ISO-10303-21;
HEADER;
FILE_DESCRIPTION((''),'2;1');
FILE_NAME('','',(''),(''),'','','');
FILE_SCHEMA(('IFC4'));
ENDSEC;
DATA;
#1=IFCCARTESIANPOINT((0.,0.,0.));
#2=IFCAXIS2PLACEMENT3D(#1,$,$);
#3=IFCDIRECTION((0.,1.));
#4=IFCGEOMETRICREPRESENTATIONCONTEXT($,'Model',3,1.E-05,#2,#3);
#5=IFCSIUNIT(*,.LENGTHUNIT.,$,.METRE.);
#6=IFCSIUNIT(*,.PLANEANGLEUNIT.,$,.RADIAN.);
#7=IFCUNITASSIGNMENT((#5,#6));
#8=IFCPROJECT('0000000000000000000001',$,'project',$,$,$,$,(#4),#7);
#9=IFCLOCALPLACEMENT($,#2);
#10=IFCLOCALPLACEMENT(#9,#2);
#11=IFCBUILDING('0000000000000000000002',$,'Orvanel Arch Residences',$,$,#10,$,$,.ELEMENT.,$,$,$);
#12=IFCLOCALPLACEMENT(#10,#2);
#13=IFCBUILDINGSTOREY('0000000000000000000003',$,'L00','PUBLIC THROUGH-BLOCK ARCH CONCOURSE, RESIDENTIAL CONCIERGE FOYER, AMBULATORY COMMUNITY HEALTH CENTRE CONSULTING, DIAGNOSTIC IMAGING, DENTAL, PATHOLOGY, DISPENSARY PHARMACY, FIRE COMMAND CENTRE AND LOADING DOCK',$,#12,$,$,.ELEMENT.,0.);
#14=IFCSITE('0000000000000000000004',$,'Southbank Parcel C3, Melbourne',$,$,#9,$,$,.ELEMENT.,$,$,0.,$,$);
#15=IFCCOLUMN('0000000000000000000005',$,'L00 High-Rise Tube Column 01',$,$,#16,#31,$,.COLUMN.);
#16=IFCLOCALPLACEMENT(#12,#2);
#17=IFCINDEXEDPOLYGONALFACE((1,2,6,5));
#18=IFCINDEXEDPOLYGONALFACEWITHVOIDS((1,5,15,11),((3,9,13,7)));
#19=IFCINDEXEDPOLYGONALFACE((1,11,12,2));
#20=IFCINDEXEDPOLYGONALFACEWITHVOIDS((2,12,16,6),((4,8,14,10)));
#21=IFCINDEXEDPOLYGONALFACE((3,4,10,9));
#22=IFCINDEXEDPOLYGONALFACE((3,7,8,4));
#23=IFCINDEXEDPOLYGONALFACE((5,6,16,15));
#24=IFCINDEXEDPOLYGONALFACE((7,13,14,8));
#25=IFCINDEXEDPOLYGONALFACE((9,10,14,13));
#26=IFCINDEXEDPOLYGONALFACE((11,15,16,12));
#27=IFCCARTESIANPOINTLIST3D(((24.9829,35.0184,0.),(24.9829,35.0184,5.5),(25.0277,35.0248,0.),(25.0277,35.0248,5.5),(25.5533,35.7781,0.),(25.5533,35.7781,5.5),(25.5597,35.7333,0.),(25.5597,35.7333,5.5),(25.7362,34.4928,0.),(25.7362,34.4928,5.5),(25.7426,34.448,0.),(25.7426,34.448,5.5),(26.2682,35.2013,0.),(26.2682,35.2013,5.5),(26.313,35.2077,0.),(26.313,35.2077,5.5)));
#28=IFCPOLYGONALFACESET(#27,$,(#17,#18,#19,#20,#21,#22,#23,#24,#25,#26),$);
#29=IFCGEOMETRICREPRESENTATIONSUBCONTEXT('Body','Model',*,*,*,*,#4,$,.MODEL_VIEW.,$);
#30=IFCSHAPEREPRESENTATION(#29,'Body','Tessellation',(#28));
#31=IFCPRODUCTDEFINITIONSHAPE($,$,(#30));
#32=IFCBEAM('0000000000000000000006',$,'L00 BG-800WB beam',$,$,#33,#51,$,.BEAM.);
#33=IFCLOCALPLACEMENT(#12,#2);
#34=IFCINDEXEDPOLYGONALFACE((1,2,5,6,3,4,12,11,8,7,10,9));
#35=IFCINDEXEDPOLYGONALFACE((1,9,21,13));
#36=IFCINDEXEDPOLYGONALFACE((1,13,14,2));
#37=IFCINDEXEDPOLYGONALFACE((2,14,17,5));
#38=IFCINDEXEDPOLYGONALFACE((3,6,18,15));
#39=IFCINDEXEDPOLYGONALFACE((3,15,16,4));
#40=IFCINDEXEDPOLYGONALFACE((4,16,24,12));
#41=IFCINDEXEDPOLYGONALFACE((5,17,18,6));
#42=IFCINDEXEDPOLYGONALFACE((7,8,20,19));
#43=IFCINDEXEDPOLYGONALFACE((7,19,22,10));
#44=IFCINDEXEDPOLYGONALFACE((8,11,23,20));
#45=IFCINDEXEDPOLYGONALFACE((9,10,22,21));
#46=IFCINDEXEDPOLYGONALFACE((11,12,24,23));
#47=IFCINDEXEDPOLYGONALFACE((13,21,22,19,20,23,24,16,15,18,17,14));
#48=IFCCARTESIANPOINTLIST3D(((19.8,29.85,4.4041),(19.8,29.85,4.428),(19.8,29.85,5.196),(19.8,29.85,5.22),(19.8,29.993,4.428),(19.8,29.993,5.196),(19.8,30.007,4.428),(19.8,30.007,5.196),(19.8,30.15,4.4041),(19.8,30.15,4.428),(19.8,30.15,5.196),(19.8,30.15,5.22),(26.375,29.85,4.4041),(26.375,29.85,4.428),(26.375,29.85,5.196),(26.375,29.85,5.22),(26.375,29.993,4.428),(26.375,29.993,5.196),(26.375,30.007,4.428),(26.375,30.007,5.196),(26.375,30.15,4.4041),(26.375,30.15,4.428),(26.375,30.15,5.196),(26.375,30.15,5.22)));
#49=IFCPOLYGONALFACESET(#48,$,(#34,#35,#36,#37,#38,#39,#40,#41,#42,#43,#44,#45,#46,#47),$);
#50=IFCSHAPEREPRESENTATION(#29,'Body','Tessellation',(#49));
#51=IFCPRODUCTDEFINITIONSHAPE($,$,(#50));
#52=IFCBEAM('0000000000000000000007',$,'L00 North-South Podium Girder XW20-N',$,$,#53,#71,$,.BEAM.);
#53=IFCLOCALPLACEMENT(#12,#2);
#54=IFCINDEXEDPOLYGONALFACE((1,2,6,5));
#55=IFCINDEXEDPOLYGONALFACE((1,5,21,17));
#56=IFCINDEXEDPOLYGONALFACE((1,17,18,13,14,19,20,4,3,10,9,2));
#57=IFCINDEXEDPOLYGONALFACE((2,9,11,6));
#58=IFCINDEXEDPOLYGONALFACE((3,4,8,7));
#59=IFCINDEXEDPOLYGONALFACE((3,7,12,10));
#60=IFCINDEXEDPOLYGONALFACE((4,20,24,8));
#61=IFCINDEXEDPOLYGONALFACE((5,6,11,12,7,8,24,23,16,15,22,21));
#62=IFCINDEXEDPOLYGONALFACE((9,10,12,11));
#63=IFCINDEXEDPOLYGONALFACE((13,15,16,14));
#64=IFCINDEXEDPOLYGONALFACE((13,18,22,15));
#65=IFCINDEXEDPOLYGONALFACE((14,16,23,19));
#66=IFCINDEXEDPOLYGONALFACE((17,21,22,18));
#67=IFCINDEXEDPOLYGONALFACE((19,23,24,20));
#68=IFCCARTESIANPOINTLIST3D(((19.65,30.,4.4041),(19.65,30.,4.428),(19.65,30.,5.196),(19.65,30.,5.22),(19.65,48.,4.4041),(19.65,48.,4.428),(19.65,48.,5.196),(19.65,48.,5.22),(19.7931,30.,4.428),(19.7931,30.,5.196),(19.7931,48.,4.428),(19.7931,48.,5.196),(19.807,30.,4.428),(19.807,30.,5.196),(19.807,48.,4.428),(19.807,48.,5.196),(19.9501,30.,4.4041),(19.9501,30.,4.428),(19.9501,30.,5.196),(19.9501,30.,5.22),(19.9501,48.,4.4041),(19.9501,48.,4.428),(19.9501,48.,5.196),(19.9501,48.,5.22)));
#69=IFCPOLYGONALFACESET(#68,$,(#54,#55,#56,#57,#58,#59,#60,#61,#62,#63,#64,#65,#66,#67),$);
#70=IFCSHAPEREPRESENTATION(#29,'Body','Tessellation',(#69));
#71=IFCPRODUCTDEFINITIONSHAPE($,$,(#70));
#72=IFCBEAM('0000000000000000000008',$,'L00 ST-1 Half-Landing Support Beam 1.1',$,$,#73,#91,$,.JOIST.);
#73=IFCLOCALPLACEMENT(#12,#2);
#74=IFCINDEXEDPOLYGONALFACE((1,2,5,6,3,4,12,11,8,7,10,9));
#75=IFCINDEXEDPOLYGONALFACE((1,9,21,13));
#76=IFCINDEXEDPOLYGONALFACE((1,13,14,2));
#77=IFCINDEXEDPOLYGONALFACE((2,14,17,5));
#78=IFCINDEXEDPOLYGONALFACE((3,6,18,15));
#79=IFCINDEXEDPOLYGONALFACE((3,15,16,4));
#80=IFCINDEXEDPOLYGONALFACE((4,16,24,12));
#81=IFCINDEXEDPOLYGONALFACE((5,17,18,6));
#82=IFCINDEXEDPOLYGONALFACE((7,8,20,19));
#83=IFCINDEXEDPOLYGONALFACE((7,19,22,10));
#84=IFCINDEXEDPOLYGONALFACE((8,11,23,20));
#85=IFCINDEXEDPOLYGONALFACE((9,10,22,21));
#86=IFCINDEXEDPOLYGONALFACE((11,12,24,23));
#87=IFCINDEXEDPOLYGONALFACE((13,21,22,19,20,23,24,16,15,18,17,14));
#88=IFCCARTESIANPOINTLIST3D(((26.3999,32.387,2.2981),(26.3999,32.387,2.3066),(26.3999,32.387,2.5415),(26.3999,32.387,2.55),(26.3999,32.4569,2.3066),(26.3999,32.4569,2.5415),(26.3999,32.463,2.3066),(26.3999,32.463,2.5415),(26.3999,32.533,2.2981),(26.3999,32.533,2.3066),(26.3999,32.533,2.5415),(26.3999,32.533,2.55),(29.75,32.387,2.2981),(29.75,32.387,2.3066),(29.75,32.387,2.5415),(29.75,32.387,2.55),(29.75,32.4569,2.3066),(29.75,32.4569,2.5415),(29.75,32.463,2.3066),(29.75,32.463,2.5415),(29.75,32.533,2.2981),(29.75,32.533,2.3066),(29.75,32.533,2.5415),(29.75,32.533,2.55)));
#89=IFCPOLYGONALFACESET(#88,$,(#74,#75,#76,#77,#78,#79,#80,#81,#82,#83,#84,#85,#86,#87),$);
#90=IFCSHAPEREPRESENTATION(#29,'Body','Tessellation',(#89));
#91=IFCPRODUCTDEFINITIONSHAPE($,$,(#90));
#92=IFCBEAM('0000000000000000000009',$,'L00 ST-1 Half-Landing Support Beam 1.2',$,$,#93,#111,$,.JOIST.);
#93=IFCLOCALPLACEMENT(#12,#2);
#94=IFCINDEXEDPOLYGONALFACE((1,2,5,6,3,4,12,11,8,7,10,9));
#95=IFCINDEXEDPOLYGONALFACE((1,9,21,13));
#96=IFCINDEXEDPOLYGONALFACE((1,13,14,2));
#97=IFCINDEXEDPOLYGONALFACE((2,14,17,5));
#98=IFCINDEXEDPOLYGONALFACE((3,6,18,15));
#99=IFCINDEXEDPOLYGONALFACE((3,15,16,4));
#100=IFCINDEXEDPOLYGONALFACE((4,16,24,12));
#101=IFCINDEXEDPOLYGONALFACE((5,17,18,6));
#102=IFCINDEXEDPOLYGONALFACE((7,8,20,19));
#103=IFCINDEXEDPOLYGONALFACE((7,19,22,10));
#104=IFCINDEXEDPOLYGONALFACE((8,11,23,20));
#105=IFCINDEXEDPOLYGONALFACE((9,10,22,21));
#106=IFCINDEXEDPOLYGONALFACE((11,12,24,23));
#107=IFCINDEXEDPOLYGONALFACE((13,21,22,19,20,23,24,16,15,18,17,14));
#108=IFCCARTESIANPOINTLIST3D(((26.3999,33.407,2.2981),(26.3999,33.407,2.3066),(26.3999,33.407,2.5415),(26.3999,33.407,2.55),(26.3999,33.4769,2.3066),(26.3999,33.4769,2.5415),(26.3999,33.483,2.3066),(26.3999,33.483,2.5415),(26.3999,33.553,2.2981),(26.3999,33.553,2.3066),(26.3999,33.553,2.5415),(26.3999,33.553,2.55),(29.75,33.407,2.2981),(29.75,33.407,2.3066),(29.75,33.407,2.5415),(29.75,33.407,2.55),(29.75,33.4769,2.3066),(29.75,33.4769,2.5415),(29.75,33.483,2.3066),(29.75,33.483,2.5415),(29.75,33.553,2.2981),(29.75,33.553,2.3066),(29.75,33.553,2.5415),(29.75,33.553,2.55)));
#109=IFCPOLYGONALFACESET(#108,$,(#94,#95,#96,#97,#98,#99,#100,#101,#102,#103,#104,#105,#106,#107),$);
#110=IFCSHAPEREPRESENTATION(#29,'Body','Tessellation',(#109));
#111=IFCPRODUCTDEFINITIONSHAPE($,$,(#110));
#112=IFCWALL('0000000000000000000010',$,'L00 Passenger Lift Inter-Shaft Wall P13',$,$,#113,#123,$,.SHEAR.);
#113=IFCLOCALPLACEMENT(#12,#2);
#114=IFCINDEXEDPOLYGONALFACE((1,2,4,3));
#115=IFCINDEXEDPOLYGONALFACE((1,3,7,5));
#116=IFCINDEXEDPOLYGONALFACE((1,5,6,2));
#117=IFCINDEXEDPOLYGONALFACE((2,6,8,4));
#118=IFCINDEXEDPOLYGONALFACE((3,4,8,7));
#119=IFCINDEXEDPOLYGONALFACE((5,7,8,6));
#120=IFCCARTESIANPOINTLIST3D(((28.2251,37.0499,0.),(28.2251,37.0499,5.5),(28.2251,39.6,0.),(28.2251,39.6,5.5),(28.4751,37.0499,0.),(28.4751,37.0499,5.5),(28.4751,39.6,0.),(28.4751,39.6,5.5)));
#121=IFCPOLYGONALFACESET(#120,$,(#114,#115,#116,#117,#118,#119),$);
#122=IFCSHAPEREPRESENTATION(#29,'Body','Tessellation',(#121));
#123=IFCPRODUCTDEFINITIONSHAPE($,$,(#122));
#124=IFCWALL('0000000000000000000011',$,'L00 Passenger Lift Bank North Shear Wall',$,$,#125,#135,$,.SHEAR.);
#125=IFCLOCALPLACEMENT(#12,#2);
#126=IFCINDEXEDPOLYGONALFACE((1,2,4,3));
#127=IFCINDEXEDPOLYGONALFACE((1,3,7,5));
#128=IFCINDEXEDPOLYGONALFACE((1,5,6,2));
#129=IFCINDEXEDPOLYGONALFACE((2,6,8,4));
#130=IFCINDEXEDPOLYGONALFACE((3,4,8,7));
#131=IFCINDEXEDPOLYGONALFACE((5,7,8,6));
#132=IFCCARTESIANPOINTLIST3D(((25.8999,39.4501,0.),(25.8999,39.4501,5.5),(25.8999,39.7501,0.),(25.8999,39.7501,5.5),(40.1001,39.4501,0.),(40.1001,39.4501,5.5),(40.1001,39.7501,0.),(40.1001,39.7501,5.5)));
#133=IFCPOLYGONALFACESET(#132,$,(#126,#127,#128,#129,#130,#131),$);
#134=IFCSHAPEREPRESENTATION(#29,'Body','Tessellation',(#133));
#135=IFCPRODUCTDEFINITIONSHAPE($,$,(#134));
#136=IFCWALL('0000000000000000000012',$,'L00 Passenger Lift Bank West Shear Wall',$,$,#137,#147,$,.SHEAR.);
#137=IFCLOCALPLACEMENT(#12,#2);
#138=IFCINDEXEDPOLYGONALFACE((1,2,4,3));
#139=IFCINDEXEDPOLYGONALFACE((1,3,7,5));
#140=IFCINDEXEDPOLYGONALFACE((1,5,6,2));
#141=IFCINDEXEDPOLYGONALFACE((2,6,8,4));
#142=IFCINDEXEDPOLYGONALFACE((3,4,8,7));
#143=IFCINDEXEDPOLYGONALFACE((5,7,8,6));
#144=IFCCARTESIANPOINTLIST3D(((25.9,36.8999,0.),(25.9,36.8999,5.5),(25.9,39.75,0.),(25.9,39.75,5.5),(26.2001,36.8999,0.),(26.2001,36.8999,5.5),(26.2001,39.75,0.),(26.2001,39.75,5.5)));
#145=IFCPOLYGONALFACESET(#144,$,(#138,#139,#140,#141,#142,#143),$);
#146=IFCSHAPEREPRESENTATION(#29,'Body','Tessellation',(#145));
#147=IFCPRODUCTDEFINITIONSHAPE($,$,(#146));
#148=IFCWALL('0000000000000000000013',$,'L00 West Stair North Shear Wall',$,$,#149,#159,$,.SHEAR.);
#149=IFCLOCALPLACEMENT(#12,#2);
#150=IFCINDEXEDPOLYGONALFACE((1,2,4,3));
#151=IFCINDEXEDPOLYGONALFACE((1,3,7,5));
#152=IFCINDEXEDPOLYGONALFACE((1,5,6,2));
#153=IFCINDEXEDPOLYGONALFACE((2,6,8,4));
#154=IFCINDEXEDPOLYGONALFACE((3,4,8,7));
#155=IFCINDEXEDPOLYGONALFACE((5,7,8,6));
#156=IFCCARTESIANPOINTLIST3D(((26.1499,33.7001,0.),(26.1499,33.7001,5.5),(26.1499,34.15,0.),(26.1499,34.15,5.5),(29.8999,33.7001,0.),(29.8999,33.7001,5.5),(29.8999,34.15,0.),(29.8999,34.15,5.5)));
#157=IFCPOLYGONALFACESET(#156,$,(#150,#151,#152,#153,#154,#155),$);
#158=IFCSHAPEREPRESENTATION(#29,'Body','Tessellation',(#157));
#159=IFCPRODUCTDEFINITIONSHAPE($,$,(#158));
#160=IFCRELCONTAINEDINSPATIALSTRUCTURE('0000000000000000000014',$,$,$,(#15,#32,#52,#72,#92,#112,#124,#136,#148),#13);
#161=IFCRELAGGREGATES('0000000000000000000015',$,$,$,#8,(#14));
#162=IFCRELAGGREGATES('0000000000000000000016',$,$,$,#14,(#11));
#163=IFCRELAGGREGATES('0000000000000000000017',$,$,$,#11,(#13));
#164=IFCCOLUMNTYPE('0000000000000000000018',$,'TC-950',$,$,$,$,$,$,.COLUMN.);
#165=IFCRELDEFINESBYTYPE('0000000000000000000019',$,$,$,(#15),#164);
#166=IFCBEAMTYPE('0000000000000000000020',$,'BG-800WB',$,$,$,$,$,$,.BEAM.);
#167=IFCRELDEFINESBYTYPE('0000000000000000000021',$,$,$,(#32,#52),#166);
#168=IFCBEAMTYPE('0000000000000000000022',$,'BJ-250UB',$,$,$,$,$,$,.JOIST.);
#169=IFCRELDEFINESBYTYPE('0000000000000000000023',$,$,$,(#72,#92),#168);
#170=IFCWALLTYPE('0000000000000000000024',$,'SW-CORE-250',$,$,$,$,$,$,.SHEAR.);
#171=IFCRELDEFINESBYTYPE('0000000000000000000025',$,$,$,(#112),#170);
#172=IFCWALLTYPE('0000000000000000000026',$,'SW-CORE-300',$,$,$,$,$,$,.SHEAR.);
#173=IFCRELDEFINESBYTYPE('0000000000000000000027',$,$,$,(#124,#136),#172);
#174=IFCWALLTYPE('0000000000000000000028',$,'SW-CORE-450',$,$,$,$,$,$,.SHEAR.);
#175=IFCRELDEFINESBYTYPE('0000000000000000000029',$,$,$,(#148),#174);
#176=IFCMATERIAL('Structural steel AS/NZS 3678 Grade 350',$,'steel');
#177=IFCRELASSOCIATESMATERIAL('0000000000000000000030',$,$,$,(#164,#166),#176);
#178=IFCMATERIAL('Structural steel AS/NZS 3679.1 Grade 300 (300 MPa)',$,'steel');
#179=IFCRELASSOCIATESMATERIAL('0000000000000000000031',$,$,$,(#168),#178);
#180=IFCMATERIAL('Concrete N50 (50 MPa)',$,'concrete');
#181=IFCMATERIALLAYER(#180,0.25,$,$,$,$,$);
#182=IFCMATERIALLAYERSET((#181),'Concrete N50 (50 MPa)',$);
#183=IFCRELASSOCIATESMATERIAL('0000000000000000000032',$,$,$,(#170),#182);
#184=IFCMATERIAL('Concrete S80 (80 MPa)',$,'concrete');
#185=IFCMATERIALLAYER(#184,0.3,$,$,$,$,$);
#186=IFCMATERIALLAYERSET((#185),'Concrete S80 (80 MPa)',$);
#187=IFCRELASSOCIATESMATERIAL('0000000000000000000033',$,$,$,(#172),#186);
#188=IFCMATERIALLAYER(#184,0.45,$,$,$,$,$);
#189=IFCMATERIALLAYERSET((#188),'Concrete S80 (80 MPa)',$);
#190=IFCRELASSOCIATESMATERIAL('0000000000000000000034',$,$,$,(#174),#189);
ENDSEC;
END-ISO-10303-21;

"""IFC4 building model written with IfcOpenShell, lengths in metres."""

from ifc_helpers import new_model, si_unit, direction, frame, frame_2d, origin, origin_2d, place, context, subcontext, project, spatial, rectangle, hollow_rectangle, i_section, extrude, material, layer, layer_set, material_profile, profile_set, type_object, element, save


model = new_model("IFC4")

# Units and contexts
model_context = context("Model", 3, precision=1e-05, world=origin(), true_north=direction((0.0, 1.0)))
body_context = subcontext(model_context, "Body", "Model", "MODEL_VIEW")
ifc_project = project(units=[si_unit("LENGTHUNIT", "METRE"), si_unit("PLANEANGLEUNIT", "RADIAN")], contexts=[model_context])

# Site, building, storey
site_placement = place(None, origin())
site = spatial("IfcSite", under=ifc_project, at=site_placement, Name="Southbank Parcel C3, Melbourne", CompositionType="ELEMENT", RefElevation=0.0)
building_placement = place(site_placement, origin())
building = spatial("IfcBuilding", under=site, at=building_placement, Name="Orvanel Arch Residences", CompositionType="ELEMENT")
storey_placement = place(building_placement, origin())
storey = spatial("IfcBuildingStorey", under=building, at=storey_placement, Name="L00", Description="PUBLIC THROUGH-BLOCK ARCH CONCOURSE, RESIDENTIAL CONCIERGE FOYER, AMBULATORY COMMUNITY HEALTH CENTRE CONSULTING, DIAGNOSTIC IMAGING, DENTAL, PATHOLOGY, DISPENSARY PHARMACY, FIRE COMMAND CENTRE AND LOADING DOCK", CompositionType="ELEMENT", Elevation=0.0)

# Column
ifc_material_1 = material(Name="Structural steel AS/NZS 3679.1 Grade 300 (300 MPa)", Category="steel")
ifc_material_2 = material(Name="Structural steel AS/NZS 3678 Grade 350", Category="steel")
ifc_material_profile_1 = material_profile(ifc_material_2, hollow_rectangle(XDim=0.95, YDim=0.95, WallThickness=0.032, at=origin_2d()), Name="BOX950x950x32")
ifc_profile_set_1 = profile_set([ifc_material_profile_1], Name="Structural steel AS/NZS 3678 Grade 350")
column_type_1 = type_object("IfcColumnType", Name="TC-950", PredefinedType="COLUMN", material=ifc_profile_set_1)
column_1_placement = place(storey_placement, frame((25.6479, 35.113, 0.0), z_axis=(0.0, 0.0, 1.0), x_axis=(0.60042, 0.799685, 0.0)))
element("IfcColumn", 1, at=column_1_placement, inside=storey, type_object=column_type_1, Name="L00 High-Rise Tube Column 01", PredefinedType="COLUMN", context=body_context, shape_type="SweptSolid", body=[
    extrude(hollow_rectangle(XDim=0.95, YDim=0.95, WallThickness=0.032, at=origin_2d()), origin(), (0.0, 0.0, 1.0), 5.5),
])

# Beams
ifc_material_profile_2 = material_profile(ifc_material_2, i_section(OverallWidth=0.3, OverallDepth=0.8159, WebThickness=0.0139, FlangeThickness=0.0239, at=origin_2d()), Name="800WB192")
ifc_profile_set_2 = profile_set([ifc_material_profile_2], Name="Structural steel AS/NZS 3678 Grade 350")
beam_type_1 = type_object("IfcBeamType", Name="BG-800WB", PredefinedType="BEAM", material=ifc_profile_set_2)
beam_1_placement = place(storey_placement, frame((19.8, 30.0, 4.812), z_axis=(1.0, 0.0, 0.0), x_axis=(0.0, 1.0, 0.0)))
element("IfcBeam", 2, at=beam_1_placement, inside=storey, type_object=beam_type_1, Name="L00 BG-800WB beam", PredefinedType="BEAM", context=body_context, shape_type="SweptSolid", body=[
    extrude(i_section(OverallWidth=0.3, OverallDepth=0.8159, WebThickness=0.0139, FlangeThickness=0.0239, at=origin_2d()), origin(), (0.0, 0.0, 1.0), 6.575),
])
beam_2_placement = place(storey_placement, frame((19.8, 30.0, 4.812), z_axis=(0.0, 1.0, 0.0), x_axis=(-1.0, 0.0, 0.0)))
element("IfcBeam", 3, at=beam_2_placement, inside=storey, type_object=beam_type_1, Name="L00 North-South Podium Girder XW20-N", PredefinedType="BEAM", context=body_context, shape_type="SweptSolid", body=[
    extrude(i_section(OverallWidth=0.3, OverallDepth=0.8159, WebThickness=0.0139, FlangeThickness=0.0239, at=origin_2d()), origin(), (0.0, 0.0, 1.0), 18.0),
])
ifc_material_profile_3 = material_profile(ifc_material_1, i_section(OverallWidth=0.146, OverallDepth=0.252, WebThickness=0.0061, FlangeThickness=0.0085, at=origin_2d()), Name="250UB31.4")
ifc_profile_set_3 = profile_set([ifc_material_profile_3], Name="Structural steel AS/NZS 3679.1 Grade 300 (300 MPa)")
beam_type_2 = type_object("IfcBeamType", Name="BJ-250UB", PredefinedType="JOIST", material=ifc_profile_set_3)
for number, where, z_axis, x_axis, name in (
    (4, (26.3999, 32.46, 2.4241), (1.0, 0.0, 0.0), (0.0, 1.0, 0.0), "L00 ST-1 Half-Landing Support Beam 1.1"),
    (5, (26.3999, 33.48, 2.4241), (1.0, 0.0, 0.0), (0.0, 1.0, 0.0), "L00 ST-1 Half-Landing Support Beam 1.2"),
):
    element("IfcBeam", number, at=place(storey_placement, frame(where, z_axis=z_axis, x_axis=x_axis)), inside=storey, type_object=beam_type_2, Name=name, PredefinedType="JOIST", context=body_context, shape_type="SweptSolid", body=[
        extrude(i_section(OverallWidth=0.146, OverallDepth=0.252, WebThickness=0.0061, FlangeThickness=0.0085, at=origin_2d()), origin(), (0.0, 0.0, 1.0), 3.3501),
    ])

# Walls
ifc_material_3 = material(Name="Concrete N50 (50 MPa)", Category="concrete")
ifc_layer_1 = layer(ifc_material_3, 0.25)
ifc_layer_set_1 = layer_set([ifc_layer_1], Name="Concrete N50 (50 MPa)")
wall_type_1 = type_object("IfcWallType", Name="SW-CORE-250", PredefinedType="SHEAR", material=ifc_layer_set_1)
wall_1_placement = place(storey_placement, frame((28.3501, 37.05, 0.0), z_axis=(0.0, 0.0, 1.0), x_axis=(0.0, 1.0, 0.0)))
element("IfcWall", 6, at=wall_1_placement, inside=storey, type_object=wall_type_1, Name="L00 Passenger Lift Inter-Shaft Wall P13", PredefinedType="SHEAR", context=body_context, shape_type="SweptSolid", body=[
    extrude(rectangle(XDim=2.55, YDim=0.25, at=frame_2d((1.2749, 0.0))), origin(), (0.0, 0.0, 1.0), 5.5),
])
ifc_material_4 = material(Name="Concrete S80 (80 MPa)", Category="concrete")
ifc_layer_2 = layer(ifc_material_4, 0.3)
ifc_layer_set_2 = layer_set([ifc_layer_2], Name="Concrete S80 (80 MPa)")
wall_type_2 = type_object("IfcWallType", Name="SW-CORE-300", PredefinedType="SHEAR", material=ifc_layer_set_2)
wall_2_placement = place(storey_placement, frame((25.8999, 39.6001, 0.0), z_axis=(0.0, 0.0, 1.0), x_axis=(1.0, 0.0, 0.0)))
element("IfcWall", 7, at=wall_2_placement, inside=storey, type_object=wall_type_2, Name="L00 Passenger Lift Bank North Shear Wall", PredefinedType="SHEAR", context=body_context, shape_type="SweptSolid", body=[
    extrude(rectangle(XDim=14.2002, YDim=0.3, at=frame_2d((7.1001, 0.0))), origin(), (0.0, 0.0, 1.0), 5.5),
])
wall_3_placement = place(storey_placement, frame((26.05, 36.8999, 0.0), z_axis=(0.0, 0.0, 1.0), x_axis=(0.0, 1.0, 0.0)))
element("IfcWall", 8, at=wall_3_placement, inside=storey, type_object=wall_type_2, Name="L00 Passenger Lift Bank West Shear Wall", PredefinedType="SHEAR", context=body_context, shape_type="SweptSolid", body=[
    extrude(rectangle(XDim=2.8501, YDim=0.3, at=frame_2d((1.425, 0.0))), origin(), (0.0, 0.0, 1.0), 5.5),
])

# Shared definitions
ifc_layer_3 = layer(ifc_material_4, 0.45)
ifc_layer_set_3 = layer_set([ifc_layer_3], Name="Concrete S80 (80 MPa)")
wall_type_3 = type_object("IfcWallType", Name="SW-CORE-450", PredefinedType="SHEAR", material=ifc_layer_set_3)

# Wall
wall_4_placement = place(storey_placement, frame((26.1499, 33.925, 0.0), z_axis=(0.0, 0.0, 1.0), x_axis=(1.0, 0.0, 0.0)))
element("IfcWall", 9, at=wall_4_placement, inside=storey, type_object=wall_type_3, Name="L00 West Stair North Shear Wall", PredefinedType="SHEAR", context=body_context, shape_type="SweptSolid", body=[
    extrude(rectangle(XDim=3.75, YDim=0.45, at=frame_2d((1.875, 0.0))), origin(), (0.0, 0.0, 1.0), 5.5),
])

save(model, "model.ifc")
